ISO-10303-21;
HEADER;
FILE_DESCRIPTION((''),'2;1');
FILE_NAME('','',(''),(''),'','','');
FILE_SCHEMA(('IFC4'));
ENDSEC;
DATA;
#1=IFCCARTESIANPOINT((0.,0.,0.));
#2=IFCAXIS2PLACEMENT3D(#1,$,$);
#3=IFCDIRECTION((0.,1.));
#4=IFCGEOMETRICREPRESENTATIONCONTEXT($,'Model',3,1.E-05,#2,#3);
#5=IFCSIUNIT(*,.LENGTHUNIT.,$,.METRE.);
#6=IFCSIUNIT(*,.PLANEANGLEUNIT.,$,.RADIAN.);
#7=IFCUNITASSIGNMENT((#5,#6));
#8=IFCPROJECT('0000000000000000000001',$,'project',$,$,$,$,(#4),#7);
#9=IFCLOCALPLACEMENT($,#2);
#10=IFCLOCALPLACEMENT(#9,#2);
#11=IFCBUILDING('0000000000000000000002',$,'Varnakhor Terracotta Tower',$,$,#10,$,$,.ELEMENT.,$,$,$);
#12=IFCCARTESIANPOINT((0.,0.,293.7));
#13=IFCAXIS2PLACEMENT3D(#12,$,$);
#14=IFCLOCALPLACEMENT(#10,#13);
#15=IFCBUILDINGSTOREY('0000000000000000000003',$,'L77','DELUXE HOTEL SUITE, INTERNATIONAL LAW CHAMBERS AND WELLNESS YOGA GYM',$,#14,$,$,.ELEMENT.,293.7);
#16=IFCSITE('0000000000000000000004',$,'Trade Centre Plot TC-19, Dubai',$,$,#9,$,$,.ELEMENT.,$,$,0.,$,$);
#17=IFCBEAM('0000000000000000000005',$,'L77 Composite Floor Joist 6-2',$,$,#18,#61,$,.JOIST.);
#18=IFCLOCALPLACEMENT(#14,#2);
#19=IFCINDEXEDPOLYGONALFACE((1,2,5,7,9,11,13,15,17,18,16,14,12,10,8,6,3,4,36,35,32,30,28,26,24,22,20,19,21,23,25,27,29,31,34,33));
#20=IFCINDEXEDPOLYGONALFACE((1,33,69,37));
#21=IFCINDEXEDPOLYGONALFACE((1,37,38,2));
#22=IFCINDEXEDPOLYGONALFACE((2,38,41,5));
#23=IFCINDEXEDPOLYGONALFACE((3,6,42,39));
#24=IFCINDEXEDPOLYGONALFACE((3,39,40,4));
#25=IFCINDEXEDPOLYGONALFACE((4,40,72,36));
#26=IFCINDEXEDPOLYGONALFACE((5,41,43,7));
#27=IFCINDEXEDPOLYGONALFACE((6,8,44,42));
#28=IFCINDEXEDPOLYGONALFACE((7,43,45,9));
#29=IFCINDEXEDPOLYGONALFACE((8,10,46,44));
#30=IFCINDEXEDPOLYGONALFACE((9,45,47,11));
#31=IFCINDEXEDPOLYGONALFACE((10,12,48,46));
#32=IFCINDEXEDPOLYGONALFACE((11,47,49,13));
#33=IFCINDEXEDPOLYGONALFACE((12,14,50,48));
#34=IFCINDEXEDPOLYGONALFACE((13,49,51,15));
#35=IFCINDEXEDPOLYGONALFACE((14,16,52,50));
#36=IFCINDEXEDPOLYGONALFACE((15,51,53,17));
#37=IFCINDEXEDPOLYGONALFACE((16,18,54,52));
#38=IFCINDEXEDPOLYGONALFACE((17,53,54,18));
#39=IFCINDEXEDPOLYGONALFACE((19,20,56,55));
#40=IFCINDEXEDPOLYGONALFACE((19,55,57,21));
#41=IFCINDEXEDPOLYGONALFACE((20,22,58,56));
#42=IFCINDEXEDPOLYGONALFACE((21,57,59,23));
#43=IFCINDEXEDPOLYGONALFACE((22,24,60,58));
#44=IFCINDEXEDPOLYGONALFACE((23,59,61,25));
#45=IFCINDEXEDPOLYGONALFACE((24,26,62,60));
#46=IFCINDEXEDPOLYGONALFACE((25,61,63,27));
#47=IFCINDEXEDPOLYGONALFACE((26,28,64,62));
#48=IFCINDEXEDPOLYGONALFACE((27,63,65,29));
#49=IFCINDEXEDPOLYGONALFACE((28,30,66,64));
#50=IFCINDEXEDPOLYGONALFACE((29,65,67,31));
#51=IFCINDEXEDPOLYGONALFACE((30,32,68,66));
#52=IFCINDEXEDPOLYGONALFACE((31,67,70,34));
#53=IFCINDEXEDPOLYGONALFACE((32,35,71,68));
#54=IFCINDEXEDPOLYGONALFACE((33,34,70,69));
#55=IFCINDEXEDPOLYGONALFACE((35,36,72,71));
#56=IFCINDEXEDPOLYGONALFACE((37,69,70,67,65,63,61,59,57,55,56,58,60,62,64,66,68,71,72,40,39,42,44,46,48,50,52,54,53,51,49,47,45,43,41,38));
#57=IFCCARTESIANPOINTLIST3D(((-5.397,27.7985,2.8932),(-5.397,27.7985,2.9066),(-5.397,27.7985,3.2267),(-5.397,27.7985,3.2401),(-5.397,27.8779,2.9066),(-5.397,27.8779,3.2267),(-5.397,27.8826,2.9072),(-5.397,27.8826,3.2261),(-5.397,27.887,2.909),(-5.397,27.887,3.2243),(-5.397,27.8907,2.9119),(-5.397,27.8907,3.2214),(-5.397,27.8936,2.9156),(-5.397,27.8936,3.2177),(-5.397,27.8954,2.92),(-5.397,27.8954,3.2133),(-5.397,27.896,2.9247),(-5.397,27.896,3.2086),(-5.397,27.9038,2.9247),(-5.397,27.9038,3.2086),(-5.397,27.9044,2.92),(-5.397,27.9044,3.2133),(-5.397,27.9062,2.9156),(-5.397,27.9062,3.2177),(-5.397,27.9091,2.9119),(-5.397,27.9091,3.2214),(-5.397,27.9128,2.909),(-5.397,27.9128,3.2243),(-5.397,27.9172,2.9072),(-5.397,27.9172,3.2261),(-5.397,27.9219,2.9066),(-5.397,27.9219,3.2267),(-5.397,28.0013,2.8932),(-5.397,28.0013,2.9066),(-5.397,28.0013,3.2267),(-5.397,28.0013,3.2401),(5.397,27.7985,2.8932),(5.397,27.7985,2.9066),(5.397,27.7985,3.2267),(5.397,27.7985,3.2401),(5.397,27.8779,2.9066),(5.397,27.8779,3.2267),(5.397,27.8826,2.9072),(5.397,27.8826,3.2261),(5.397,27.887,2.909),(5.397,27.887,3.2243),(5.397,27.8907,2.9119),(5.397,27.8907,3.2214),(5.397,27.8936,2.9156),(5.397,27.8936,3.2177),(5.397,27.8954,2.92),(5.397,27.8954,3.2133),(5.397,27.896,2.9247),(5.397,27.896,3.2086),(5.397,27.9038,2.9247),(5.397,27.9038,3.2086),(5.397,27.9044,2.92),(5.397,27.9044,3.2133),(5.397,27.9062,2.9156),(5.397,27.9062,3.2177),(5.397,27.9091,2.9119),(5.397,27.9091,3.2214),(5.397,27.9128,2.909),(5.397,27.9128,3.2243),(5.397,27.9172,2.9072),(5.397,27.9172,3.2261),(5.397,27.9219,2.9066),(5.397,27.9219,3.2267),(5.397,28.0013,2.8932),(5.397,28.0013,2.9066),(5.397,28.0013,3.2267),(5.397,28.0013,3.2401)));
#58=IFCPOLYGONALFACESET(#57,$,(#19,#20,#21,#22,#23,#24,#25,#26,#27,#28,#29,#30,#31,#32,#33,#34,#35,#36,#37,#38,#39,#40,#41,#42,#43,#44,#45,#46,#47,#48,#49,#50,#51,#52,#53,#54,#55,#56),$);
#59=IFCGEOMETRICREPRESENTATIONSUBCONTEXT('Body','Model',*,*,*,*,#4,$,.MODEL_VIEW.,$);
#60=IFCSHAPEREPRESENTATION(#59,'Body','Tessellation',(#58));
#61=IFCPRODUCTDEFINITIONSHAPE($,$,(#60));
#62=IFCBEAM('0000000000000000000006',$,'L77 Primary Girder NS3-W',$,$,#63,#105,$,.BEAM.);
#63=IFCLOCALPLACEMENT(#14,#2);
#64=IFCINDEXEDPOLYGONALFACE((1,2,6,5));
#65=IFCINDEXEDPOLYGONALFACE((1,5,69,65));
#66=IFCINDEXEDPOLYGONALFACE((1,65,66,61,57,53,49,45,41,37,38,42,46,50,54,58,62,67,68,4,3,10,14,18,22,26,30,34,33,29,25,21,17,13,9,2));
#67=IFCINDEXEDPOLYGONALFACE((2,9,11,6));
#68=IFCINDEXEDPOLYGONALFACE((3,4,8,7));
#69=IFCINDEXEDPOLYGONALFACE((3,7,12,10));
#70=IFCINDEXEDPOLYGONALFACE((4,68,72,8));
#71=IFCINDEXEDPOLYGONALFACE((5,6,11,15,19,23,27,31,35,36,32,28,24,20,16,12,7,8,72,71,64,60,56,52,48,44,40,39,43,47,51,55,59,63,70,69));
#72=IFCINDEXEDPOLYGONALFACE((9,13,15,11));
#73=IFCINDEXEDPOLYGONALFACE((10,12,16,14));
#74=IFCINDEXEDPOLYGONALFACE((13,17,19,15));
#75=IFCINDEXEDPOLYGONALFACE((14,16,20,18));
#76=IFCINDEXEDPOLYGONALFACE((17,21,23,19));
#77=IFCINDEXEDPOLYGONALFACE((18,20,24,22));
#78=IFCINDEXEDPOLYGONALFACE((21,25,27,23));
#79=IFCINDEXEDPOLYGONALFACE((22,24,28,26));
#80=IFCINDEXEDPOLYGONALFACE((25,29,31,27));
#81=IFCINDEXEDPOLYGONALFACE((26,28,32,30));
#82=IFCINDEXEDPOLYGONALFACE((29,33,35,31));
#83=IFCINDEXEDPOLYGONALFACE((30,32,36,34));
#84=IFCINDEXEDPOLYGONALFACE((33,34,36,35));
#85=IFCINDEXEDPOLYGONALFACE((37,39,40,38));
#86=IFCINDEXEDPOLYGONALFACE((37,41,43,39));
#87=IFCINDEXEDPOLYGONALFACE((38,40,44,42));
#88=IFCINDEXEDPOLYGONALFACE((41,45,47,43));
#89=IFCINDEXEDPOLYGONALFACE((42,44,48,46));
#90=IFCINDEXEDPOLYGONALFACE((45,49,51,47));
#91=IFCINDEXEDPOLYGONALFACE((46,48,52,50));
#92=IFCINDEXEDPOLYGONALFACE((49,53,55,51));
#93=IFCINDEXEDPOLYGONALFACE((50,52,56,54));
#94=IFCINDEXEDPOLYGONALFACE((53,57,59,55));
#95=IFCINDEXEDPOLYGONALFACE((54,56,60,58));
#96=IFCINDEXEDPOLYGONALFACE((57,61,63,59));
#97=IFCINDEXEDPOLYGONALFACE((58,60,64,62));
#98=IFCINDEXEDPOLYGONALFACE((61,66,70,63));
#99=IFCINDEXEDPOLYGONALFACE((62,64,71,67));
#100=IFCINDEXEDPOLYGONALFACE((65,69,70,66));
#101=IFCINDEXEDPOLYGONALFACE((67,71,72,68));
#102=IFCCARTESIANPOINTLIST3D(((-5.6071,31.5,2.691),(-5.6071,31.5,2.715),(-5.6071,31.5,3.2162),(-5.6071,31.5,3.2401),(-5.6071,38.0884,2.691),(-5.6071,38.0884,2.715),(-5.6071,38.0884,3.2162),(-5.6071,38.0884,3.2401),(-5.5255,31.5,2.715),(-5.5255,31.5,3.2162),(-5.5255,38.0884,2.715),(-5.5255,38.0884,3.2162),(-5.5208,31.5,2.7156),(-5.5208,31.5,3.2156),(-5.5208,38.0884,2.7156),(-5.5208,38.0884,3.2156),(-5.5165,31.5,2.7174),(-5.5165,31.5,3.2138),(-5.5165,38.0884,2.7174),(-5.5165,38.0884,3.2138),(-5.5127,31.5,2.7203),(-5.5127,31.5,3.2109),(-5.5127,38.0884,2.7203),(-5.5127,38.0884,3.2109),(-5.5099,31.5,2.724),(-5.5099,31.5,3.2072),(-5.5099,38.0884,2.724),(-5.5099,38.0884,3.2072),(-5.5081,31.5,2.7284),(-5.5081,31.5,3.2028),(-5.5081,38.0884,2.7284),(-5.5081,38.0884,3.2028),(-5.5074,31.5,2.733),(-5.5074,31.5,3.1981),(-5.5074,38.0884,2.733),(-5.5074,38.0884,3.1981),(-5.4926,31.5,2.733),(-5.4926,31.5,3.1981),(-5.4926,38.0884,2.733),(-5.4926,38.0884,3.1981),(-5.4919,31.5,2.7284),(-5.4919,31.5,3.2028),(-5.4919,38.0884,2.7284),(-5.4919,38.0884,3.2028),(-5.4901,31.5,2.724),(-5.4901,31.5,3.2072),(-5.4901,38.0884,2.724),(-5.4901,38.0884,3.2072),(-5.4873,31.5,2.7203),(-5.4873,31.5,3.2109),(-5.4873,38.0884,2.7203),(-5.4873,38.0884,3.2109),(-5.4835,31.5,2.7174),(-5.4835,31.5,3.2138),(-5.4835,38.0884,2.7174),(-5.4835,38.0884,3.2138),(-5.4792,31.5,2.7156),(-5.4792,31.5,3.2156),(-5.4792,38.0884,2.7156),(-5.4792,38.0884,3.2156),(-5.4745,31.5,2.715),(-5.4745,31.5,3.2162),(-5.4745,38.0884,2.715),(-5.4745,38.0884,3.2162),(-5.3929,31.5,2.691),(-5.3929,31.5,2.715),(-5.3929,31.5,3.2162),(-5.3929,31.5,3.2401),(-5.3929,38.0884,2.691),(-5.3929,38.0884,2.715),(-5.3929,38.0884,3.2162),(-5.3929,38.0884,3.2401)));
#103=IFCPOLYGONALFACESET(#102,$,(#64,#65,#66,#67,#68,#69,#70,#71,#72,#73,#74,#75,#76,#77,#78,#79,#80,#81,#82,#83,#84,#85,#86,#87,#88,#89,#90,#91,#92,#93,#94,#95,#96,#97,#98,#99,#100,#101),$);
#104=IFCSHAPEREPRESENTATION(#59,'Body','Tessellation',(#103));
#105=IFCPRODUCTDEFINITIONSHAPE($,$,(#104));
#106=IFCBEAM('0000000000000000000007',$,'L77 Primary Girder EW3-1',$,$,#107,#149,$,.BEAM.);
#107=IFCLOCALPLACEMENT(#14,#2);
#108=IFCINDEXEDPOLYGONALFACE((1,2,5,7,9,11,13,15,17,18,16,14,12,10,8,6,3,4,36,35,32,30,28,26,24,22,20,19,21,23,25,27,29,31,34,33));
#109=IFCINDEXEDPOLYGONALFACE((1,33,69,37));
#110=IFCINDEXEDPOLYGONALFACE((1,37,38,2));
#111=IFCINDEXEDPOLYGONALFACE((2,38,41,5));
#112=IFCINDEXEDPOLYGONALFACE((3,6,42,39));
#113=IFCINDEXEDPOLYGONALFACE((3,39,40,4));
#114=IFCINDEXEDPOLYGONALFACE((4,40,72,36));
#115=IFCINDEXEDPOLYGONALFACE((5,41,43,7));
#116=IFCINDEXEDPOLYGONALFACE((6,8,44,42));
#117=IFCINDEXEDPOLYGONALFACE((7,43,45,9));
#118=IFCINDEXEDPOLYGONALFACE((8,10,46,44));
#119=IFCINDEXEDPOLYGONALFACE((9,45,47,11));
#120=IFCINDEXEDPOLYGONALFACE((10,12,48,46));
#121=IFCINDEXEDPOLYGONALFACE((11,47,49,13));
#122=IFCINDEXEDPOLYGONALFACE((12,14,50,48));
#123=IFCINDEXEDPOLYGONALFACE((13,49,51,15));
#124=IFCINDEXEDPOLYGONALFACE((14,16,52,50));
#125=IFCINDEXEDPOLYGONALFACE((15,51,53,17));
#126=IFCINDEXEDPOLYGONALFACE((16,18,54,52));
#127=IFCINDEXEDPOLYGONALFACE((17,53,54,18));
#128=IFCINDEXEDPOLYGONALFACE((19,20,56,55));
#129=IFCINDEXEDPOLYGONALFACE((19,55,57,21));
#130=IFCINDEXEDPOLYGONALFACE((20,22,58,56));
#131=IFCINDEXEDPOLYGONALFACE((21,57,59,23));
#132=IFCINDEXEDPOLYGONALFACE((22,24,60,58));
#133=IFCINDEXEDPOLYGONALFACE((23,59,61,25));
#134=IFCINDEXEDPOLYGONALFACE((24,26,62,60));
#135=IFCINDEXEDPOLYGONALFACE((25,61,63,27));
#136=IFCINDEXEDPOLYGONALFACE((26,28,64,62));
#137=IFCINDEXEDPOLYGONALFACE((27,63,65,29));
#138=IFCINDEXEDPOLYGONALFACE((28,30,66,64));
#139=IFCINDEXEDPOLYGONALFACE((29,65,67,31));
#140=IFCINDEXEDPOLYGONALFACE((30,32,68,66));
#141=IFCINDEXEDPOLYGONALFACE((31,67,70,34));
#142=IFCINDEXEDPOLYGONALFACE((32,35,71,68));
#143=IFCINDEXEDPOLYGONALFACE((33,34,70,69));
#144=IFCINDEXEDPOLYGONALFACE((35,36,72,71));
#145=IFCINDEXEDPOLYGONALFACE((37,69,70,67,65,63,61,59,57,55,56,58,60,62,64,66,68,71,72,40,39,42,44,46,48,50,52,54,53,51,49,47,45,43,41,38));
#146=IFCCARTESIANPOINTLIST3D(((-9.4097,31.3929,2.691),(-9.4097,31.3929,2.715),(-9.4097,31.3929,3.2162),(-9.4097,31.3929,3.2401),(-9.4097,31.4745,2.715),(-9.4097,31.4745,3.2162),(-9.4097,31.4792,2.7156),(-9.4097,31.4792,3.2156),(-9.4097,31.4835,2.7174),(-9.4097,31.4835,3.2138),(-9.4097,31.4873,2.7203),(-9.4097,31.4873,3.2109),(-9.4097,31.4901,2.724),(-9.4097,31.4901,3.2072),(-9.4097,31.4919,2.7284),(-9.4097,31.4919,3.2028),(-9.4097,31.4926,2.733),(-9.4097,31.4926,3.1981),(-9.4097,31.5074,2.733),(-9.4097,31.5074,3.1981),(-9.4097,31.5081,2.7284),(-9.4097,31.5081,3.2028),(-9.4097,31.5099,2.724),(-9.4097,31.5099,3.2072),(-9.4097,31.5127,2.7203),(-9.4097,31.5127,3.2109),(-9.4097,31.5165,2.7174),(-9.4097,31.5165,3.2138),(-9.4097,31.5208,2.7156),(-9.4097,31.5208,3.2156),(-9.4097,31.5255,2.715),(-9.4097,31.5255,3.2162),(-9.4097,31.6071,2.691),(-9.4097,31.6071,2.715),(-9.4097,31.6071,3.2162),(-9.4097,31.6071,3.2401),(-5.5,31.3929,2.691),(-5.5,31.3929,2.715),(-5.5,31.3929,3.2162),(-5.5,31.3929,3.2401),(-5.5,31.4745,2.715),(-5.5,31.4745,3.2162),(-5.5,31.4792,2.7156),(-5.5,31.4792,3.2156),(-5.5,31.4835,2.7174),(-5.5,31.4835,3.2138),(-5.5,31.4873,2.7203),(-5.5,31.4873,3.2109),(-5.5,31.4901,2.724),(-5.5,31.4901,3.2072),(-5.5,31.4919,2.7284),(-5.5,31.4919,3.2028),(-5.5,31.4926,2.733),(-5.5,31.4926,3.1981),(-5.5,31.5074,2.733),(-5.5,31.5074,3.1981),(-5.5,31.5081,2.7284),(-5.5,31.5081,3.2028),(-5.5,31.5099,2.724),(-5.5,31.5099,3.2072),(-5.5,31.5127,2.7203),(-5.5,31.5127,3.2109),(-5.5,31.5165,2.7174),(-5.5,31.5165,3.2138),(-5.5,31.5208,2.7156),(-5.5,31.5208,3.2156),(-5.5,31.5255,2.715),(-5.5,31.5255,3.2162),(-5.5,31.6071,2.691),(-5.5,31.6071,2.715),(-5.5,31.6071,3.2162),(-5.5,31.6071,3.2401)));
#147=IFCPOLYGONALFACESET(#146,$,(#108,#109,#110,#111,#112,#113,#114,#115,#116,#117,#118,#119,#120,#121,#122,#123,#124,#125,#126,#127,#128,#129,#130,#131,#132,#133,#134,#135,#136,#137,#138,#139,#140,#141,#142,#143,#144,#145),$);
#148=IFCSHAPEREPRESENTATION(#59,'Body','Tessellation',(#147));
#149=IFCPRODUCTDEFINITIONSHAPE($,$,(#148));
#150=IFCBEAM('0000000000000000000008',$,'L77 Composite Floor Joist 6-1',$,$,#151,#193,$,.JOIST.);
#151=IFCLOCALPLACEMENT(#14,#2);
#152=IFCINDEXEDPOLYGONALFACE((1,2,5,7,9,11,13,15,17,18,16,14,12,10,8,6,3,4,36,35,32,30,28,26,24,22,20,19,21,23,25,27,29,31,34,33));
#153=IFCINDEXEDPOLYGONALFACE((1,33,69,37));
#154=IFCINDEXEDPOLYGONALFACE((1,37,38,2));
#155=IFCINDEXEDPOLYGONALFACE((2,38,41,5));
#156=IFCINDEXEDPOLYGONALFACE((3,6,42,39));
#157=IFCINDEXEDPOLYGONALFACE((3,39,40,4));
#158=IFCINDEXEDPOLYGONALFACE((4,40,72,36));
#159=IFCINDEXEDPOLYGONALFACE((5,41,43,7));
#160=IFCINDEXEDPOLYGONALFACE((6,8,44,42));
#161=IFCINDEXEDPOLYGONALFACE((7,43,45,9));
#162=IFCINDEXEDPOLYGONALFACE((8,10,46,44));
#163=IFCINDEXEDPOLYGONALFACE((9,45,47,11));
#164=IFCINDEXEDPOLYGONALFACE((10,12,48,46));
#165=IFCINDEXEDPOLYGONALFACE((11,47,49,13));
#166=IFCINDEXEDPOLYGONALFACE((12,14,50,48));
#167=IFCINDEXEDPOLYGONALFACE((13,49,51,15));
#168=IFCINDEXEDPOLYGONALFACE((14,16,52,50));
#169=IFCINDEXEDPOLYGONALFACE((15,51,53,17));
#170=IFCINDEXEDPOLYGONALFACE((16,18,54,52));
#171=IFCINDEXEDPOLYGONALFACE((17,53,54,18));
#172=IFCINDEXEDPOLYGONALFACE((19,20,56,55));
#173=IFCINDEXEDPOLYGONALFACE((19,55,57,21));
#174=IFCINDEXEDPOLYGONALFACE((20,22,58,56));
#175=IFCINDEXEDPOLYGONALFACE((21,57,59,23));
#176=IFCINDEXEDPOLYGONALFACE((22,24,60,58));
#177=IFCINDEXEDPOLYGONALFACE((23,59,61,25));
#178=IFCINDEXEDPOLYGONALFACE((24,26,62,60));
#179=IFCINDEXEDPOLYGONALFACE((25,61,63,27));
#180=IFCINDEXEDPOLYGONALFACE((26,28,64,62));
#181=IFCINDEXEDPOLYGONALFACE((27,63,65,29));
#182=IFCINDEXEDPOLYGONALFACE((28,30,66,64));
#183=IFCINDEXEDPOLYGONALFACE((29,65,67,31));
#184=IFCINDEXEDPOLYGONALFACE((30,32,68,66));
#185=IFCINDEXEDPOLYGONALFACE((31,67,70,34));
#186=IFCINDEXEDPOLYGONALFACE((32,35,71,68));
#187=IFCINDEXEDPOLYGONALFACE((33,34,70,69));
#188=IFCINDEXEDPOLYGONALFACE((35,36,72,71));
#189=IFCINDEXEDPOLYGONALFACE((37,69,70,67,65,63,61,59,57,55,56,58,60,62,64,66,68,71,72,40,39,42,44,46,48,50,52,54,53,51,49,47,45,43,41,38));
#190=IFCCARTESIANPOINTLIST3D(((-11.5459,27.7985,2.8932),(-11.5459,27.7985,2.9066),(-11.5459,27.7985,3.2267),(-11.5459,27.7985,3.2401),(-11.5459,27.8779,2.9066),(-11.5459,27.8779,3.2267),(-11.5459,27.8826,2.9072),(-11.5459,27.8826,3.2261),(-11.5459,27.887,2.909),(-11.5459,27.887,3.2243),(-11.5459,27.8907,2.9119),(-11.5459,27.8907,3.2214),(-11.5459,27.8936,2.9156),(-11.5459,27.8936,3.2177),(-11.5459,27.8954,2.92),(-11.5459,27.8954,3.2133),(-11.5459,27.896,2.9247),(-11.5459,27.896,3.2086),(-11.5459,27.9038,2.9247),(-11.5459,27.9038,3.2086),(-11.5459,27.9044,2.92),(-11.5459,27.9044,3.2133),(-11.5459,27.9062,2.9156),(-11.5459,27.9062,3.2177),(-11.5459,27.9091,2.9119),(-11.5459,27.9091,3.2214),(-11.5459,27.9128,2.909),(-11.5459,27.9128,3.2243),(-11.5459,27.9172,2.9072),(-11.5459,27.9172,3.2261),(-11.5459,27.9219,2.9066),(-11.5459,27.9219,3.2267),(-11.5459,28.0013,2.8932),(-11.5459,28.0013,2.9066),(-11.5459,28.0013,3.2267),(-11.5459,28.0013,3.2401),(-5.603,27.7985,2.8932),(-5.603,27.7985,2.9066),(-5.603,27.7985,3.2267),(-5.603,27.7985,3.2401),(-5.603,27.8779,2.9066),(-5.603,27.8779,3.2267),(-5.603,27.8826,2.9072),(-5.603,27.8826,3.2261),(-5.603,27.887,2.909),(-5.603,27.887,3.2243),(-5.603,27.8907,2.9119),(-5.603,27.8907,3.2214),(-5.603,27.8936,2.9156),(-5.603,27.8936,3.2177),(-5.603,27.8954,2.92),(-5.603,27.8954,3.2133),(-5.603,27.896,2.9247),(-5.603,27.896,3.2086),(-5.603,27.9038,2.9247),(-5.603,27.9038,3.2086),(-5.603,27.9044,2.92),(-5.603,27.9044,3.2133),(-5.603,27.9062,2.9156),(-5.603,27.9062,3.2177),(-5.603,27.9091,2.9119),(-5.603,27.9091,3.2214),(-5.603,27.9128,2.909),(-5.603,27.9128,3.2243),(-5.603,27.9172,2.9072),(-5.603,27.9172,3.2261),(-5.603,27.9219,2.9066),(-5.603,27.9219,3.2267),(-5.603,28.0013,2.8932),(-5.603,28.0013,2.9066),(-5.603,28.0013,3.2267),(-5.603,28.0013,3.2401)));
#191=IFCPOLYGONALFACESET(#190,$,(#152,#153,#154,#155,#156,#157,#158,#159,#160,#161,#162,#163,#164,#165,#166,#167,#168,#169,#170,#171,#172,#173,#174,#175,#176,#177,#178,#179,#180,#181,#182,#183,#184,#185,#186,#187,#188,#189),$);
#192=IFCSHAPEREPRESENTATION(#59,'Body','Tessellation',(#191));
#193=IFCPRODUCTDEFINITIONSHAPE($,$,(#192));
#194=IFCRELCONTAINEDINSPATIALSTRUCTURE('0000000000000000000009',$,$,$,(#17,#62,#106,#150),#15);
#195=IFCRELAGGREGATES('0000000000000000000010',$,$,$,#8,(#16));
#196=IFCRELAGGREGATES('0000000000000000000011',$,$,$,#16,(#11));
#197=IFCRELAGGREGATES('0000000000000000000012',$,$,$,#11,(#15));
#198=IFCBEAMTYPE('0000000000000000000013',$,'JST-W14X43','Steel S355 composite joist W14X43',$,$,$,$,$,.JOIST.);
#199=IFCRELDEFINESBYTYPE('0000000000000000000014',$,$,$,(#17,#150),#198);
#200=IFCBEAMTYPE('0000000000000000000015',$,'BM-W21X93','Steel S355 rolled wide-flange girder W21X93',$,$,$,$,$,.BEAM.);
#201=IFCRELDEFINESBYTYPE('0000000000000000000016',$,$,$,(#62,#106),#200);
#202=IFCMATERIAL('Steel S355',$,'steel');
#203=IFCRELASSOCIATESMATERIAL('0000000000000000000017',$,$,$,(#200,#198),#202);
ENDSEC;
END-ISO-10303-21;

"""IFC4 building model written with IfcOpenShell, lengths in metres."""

from ifc_helpers import new_model, si_unit, direction, frame, origin, origin_2d, place, context, subcontext, project, spatial, i_section, extrude, source, transform, mapped, material, material_profile, profile_set, type_object, element, save


model = new_model("IFC4")

# Units and contexts
model_context = context("Model", 3, precision=1e-05, world=origin(), true_north=direction((0.0, 1.0)))
body_context = subcontext(model_context, "Body", "Model", "MODEL_VIEW")
ifc_project = project(units=[si_unit("LENGTHUNIT", "METRE"), si_unit("PLANEANGLEUNIT", "RADIAN")], contexts=[model_context])

# Site, building, storey
site_placement = place(None, origin())
site = spatial("IfcSite", under=ifc_project, at=site_placement, Name="Trade Centre Plot TC-19, Dubai", CompositionType="ELEMENT", RefElevation=0.0)
building_placement = place(site_placement, origin())
building = spatial("IfcBuilding", under=site, at=building_placement, Name="Varnakhor Terracotta Tower", CompositionType="ELEMENT")
storey_placement = place(building_placement, frame((0.0, 0.0, 293.7)))
storey = spatial("IfcBuildingStorey", under=building, at=storey_placement, Name="L77", Description="DELUXE HOTEL SUITE, INTERNATIONAL LAW CHAMBERS AND WELLNESS YOGA GYM", CompositionType="ELEMENT", Elevation=293.7)

# Beams
ifc_material_1 = material(Name="Steel S355", Category="steel")
ifc_material_profile_1 = material_profile(ifc_material_1, i_section(OverallWidth=0.2141, OverallDepth=0.5491, WebThickness=0.0149, FlangeThickness=0.0239, FilletRadius=0.0181, at=origin_2d()), Name="W21X93")
ifc_profile_set_1 = profile_set([ifc_material_profile_1], Name="Steel S355")
beam_type_1 = type_object("IfcBeamType", Name="BM-W21X93", Description="Steel S355 rolled wide-flange girder W21X93", PredefinedType="BEAM", material=ifc_profile_set_1)
ifc_material_profile_2 = material_profile(ifc_material_1, i_section(OverallWidth=0.2029, OverallDepth=0.3469, WebThickness=0.0078, FlangeThickness=0.0134, FilletRadius=0.0181, at=origin_2d()), Name="W14X43")
ifc_profile_set_2 = profile_set([ifc_material_profile_2], Name="Steel S355")
beam_type_2 = type_object("IfcBeamType", Name="JST-W14X43", Description="Steel S355 composite joist W14X43", PredefinedType="JOIST", material=ifc_profile_set_2)
shared_shape_1 = source(origin(), body_context, "Body", "SweptSolid", [
    extrude(i_section(OverallWidth=0.2029, OverallDepth=0.3469, WebThickness=0.0078, FlangeThickness=0.0134, FilletRadius=0.0181, at=origin_2d()), origin(), (0.0, 0.0, 1.0), 10.7939),
])
beam_1_placement = place(storey_placement, frame((-5.397, 27.8999, 3.0667), z_axis=(1.0, 0.0, 0.0), x_axis=(0.0, 1.0, 0.0)))
element("IfcBeam", 1, at=beam_1_placement, inside=storey, type_object=beam_type_2, Name="L77 Composite Floor Joist 6-2", PredefinedType="JOIST", context=body_context, shape_type="MappedRepresentation", body=[
    mapped(shared_shape_1, transform((0.0, 0.0, 0.0), scale=1.0)),
])
shared_shape_2 = source(origin(), body_context, "Body", "SweptSolid", [
    extrude(i_section(OverallWidth=0.2141, OverallDepth=0.5491, WebThickness=0.0149, FlangeThickness=0.0239, FilletRadius=0.0181, at=origin_2d()), origin(), (0.0, 0.0, 1.0), 6.5884),
])
beam_2_placement = place(storey_placement, frame((-5.5, 31.5, 2.9656), z_axis=(0.0, 1.0, 0.0), x_axis=(-1.0, 0.0, 0.0)))
element("IfcBeam", 2, at=beam_2_placement, inside=storey, type_object=beam_type_1, Name="L77 Primary Girder NS3-W", PredefinedType="BEAM", context=body_context, shape_type="MappedRepresentation", body=[
    mapped(shared_shape_2, transform((0.0, 0.0, 0.0), scale=1.0)),
])
shared_shape_3 = source(origin(), body_context, "Body", "SweptSolid", [
    extrude(i_section(OverallWidth=0.2141, OverallDepth=0.5491, WebThickness=0.0149, FlangeThickness=0.0239, FilletRadius=0.0181, at=origin_2d()), origin(), (0.0, 0.0, 1.0), 3.9097),
])
beam_3_placement = place(storey_placement, frame((-9.4097, 31.5, 2.9656), z_axis=(1.0, 0.0, 0.0), x_axis=(0.0, 1.0, 0.0)))
element("IfcBeam", 3, at=beam_3_placement, inside=storey, type_object=beam_type_1, Name="L77 Primary Girder EW3-1", PredefinedType="BEAM", context=body_context, shape_type="MappedRepresentation", body=[
    mapped(shared_shape_3, transform((0.0, 0.0, 0.0), scale=1.0)),
])
shared_shape_4 = source(origin(), body_context, "Body", "SweptSolid", [
    extrude(i_section(OverallWidth=0.2029, OverallDepth=0.3469, WebThickness=0.0078, FlangeThickness=0.0134, FilletRadius=0.0181, at=origin_2d()), origin(), (0.0, 0.0, 1.0), 5.9429),
])
beam_4_placement = place(storey_placement, frame((-11.5459, 27.8999, 3.0667), z_axis=(1.0, 0.0, 0.0), x_axis=(0.0, 1.0, 0.0)))
element("IfcBeam", 4, at=beam_4_placement, inside=storey, type_object=beam_type_2, Name="L77 Composite Floor Joist 6-1", PredefinedType="JOIST", context=body_context, shape_type="MappedRepresentation", body=[
    mapped(shared_shape_4, transform((0.0, 0.0, 0.0), scale=1.0)),
])

save(model, "model.ifc")
